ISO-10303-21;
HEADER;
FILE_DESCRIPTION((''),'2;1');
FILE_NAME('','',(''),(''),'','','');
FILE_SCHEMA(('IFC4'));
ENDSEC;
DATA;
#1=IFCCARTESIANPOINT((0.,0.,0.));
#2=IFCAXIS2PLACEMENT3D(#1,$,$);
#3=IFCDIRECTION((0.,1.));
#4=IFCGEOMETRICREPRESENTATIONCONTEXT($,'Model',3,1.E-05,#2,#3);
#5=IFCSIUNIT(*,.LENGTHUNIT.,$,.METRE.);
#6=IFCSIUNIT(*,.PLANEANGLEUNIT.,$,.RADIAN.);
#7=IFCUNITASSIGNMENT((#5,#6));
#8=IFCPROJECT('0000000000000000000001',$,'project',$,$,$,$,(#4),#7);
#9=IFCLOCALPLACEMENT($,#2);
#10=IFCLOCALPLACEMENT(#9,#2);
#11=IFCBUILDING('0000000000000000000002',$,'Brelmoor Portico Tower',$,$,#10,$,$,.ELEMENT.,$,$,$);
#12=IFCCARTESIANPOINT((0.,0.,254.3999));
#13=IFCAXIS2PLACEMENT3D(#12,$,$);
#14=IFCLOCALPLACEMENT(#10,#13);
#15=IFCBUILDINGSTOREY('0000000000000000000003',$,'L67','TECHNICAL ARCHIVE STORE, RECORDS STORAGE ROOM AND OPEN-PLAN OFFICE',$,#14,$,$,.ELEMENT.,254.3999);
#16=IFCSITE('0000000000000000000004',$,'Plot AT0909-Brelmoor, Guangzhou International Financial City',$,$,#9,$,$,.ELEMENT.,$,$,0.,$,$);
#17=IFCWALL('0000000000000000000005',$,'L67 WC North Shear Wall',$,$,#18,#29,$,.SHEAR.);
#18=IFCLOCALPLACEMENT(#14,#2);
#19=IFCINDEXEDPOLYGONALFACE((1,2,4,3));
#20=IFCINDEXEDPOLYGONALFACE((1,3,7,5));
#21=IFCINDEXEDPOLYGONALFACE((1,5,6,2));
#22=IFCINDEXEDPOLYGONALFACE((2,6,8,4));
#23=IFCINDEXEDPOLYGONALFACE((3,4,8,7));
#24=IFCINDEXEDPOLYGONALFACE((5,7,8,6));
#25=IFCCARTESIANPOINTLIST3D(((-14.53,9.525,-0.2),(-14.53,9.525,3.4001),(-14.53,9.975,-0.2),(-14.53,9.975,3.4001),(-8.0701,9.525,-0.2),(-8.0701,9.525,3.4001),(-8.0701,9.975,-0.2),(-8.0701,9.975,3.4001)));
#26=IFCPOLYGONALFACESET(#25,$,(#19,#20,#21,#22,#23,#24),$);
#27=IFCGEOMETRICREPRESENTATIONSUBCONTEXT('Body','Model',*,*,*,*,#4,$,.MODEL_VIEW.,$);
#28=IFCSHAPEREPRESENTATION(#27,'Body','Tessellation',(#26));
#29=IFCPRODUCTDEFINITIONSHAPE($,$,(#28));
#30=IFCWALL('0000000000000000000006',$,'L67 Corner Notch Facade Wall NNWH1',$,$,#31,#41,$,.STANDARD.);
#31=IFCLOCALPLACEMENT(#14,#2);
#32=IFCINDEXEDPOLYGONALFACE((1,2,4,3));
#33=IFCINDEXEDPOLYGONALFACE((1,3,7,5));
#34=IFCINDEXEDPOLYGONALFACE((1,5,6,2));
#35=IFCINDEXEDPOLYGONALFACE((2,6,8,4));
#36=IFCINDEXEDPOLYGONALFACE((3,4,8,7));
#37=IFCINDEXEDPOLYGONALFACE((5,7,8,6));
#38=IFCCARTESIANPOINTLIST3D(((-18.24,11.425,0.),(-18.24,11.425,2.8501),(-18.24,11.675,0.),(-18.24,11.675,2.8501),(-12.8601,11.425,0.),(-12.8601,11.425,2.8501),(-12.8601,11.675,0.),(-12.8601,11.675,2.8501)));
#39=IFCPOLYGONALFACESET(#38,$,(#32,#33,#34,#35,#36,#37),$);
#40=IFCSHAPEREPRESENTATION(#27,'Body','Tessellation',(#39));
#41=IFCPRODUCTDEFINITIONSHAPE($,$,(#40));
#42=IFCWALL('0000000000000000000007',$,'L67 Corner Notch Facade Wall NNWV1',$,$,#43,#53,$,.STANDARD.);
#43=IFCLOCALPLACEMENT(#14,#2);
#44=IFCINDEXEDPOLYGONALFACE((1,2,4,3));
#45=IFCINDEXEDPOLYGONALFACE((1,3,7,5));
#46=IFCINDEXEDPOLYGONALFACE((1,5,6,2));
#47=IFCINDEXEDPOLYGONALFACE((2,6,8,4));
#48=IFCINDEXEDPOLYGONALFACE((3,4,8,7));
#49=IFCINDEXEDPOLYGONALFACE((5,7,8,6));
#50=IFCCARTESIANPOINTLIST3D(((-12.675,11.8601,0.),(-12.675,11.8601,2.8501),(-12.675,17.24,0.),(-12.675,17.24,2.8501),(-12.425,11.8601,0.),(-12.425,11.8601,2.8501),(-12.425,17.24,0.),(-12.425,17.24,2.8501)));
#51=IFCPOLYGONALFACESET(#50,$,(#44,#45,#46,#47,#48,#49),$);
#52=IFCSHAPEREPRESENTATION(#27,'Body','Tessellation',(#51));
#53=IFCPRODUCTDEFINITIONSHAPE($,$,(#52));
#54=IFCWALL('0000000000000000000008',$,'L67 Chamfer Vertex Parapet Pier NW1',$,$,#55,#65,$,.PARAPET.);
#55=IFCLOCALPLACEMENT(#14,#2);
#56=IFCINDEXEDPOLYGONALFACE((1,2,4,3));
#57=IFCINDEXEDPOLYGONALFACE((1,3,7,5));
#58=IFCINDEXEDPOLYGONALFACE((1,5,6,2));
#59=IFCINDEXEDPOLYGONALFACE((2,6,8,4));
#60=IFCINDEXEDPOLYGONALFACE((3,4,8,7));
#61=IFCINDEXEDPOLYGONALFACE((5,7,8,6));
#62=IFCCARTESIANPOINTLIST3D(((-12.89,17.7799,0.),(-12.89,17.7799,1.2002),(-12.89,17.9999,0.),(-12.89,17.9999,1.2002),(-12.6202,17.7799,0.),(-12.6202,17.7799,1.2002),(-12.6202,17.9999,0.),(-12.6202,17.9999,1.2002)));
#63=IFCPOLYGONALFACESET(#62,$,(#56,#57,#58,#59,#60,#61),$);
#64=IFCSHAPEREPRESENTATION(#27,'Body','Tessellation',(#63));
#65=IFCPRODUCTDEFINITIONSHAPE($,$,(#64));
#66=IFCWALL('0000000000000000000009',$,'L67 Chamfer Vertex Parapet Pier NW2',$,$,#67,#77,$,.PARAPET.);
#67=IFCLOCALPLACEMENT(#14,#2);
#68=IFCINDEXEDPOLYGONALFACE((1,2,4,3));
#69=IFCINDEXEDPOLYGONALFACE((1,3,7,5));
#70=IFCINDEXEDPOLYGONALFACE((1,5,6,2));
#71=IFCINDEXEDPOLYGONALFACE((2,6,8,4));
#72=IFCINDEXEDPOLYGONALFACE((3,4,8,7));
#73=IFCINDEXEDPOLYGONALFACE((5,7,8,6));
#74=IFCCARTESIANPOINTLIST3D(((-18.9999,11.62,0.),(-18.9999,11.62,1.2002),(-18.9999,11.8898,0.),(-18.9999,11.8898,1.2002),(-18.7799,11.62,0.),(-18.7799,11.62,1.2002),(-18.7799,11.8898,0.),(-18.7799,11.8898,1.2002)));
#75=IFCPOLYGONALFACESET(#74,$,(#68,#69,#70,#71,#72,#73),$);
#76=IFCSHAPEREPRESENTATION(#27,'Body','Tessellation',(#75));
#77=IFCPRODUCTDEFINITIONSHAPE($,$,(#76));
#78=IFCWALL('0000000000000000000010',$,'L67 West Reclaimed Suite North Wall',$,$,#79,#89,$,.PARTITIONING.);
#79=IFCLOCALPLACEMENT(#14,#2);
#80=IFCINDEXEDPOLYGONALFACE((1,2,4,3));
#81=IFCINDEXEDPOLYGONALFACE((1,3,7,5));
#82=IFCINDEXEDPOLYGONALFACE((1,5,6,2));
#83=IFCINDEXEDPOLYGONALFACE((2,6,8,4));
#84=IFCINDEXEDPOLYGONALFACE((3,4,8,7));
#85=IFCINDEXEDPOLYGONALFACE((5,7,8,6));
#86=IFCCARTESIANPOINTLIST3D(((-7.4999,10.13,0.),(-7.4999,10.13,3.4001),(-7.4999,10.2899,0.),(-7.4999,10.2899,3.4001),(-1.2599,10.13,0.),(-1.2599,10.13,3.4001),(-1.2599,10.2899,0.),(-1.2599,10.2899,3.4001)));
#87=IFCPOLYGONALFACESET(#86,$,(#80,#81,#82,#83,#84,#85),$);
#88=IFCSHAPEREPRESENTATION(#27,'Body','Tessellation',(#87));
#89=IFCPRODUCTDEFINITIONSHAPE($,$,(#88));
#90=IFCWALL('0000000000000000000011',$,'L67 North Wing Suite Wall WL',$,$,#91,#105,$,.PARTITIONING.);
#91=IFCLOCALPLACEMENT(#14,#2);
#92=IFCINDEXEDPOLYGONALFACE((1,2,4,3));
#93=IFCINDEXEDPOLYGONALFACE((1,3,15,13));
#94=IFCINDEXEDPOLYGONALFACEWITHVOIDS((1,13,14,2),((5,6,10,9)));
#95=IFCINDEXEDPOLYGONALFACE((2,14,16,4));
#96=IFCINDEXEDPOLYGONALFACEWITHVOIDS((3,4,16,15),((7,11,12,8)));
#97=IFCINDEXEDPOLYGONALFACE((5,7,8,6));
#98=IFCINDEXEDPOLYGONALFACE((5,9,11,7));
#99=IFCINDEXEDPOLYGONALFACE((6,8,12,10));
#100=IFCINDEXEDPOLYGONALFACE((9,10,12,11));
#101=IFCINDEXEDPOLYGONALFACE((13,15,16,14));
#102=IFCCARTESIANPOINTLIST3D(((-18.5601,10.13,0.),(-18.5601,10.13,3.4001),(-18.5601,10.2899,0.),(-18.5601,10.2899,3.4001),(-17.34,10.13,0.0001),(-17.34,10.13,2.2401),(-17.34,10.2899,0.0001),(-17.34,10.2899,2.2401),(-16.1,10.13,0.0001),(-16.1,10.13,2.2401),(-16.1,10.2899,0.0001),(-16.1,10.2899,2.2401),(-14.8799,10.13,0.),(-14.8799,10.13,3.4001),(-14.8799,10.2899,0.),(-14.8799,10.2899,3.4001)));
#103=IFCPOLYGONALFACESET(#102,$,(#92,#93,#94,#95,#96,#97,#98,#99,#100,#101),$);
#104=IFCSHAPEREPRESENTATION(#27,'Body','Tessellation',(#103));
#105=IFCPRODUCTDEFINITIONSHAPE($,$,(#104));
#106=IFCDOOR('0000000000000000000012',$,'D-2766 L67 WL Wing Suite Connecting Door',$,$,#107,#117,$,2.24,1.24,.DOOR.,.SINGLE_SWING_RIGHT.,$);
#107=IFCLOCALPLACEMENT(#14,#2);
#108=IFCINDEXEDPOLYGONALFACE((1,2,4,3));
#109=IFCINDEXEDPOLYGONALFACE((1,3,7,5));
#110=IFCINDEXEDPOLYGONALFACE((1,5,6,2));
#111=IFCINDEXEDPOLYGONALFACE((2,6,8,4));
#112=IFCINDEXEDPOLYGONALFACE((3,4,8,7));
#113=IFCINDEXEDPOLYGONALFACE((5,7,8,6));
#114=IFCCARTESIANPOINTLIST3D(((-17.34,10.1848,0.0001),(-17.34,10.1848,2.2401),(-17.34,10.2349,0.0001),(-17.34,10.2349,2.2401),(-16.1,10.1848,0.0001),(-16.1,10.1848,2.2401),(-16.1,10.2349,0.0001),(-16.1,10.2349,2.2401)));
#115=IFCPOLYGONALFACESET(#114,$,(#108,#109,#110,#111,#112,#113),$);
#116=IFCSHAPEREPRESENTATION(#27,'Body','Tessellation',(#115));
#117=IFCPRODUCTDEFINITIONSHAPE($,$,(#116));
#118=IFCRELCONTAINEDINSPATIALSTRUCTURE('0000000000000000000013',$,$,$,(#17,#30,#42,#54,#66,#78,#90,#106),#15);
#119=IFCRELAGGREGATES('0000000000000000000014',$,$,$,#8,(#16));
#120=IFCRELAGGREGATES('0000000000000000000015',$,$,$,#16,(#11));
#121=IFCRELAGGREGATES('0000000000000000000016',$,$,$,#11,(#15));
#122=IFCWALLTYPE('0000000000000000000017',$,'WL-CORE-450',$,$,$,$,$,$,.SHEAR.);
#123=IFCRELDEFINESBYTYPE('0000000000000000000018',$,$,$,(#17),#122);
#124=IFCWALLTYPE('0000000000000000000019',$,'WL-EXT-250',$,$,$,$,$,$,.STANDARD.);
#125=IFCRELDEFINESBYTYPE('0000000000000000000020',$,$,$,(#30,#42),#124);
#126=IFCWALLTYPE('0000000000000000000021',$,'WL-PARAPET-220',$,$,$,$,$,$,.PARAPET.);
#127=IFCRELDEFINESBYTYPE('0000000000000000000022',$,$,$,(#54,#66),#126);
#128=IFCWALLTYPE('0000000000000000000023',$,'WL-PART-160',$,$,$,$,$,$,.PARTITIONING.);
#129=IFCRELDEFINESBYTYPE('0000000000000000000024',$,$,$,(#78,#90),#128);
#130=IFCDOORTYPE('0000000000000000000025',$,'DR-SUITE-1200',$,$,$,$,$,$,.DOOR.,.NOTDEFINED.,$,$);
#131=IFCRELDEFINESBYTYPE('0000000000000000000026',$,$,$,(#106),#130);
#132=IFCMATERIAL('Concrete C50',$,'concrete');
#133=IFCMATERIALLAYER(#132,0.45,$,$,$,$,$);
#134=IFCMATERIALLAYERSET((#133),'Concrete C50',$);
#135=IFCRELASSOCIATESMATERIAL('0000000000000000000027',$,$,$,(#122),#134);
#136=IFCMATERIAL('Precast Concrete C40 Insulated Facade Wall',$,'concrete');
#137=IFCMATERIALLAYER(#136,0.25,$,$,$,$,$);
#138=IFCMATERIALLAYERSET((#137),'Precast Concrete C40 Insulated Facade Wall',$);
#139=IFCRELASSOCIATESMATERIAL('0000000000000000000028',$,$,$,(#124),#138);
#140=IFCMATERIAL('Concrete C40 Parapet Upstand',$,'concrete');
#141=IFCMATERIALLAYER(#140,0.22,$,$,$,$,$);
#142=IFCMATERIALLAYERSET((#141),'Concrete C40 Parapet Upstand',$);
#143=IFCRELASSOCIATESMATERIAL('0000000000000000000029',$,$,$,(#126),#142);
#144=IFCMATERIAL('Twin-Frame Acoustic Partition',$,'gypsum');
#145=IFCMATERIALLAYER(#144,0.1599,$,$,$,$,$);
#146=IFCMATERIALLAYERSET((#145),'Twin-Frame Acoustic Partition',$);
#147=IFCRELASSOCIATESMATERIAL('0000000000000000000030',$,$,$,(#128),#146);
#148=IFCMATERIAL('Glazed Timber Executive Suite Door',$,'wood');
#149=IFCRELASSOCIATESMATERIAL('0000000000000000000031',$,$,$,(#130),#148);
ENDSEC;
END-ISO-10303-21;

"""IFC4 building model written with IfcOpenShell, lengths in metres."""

from ifc_helpers import new_model, si_unit, direction, frame, frame_2d, origin, place, context, subcontext, project, spatial, rectangle, extrude, material, layer, layer_set, type_object, element, fill, save


model = new_model("IFC4")

# Units and contexts
model_context = context("Model", 3, precision=1e-05, world=origin(), true_north=direction((0.0, 1.0)))
body_context = subcontext(model_context, "Body", "Model", "MODEL_VIEW")
ifc_project = project(units=[si_unit("LENGTHUNIT", "METRE"), si_unit("PLANEANGLEUNIT", "RADIAN")], contexts=[model_context])

# Site, building, storey
site_placement = place(None, origin())
site = spatial("IfcSite", under=ifc_project, at=site_placement, Name="Plot AT0909-Brelmoor, Guangzhou International Financial City", CompositionType="ELEMENT", RefElevation=0.0)
building_placement = place(site_placement, origin())
building = spatial("IfcBuilding", under=site, at=building_placement, Name="Brelmoor Portico Tower", CompositionType="ELEMENT")
storey_placement = place(building_placement, frame((0.0, 0.0, 254.3999)))
storey = spatial("IfcBuildingStorey", under=building, at=storey_placement, Name="L67", Description="TECHNICAL ARCHIVE STORE, RECORDS STORAGE ROOM AND OPEN-PLAN OFFICE", CompositionType="ELEMENT", Elevation=254.3999)

# Walls
ifc_material_1 = material(Name="Concrete C50", Category="concrete")
ifc_layer_1 = layer(ifc_material_1, 0.45)
ifc_layer_set_1 = layer_set([ifc_layer_1], Name="Concrete C50")
wall_type_1 = type_object("IfcWallType", Name="WL-CORE-450", PredefinedType="SHEAR", material=ifc_layer_set_1)
wall_1_placement = place(storey_placement, frame((-14.53, 9.75, -0.2), z_axis=(0.0, 0.0, 1.0), x_axis=(1.0, 0.0, 0.0)))
element("IfcWall", 1, at=wall_1_placement, inside=storey, type_object=wall_type_1, Name="L67 WC North Shear Wall", PredefinedType="SHEAR", context=body_context, shape_type="SweptSolid", body=[
    extrude(rectangle(XDim=6.46, YDim=0.45, at=frame_2d((3.23, 0.0))), origin(), (0.0, 0.0, 1.0), 3.6001),
])
ifc_material_2 = material(Name="Precast Concrete C40 Insulated Facade Wall", Category="concrete")
ifc_layer_2 = layer(ifc_material_2, 0.25)
ifc_layer_set_2 = layer_set([ifc_layer_2], Name="Precast Concrete C40 Insulated Facade Wall")
wall_type_2 = type_object("IfcWallType", Name="WL-EXT-250", PredefinedType="STANDARD", material=ifc_layer_set_2)
for number, where, z_axis, x_axis, name in (
    (2, (-18.24, 11.55, 0.0), (0.0, 0.0, 1.0), (1.0, 0.0, 0.0), "L67 Corner Notch Facade Wall NNWH1"),
    (3, (-12.55, 11.8601, 0.0), (0.0, 0.0, 1.0), (0.0, 1.0, 0.0), "L67 Corner Notch Facade Wall NNWV1"),
):
    element("IfcWall", number, at=place(storey_placement, frame(where, z_axis=z_axis, x_axis=x_axis)), inside=storey, type_object=wall_type_2, Name=name, PredefinedType="STANDARD", context=body_context, shape_type="SweptSolid", body=[
        extrude(rectangle(XDim=5.3799, YDim=0.25, at=frame_2d((2.6899, 0.0))), origin(), (0.0, 0.0, 1.0), 2.8501),
    ])
ifc_material_3 = material(Name="Concrete C40 Parapet Upstand", Category="concrete")
ifc_layer_3 = layer(ifc_material_3, 0.22)
ifc_layer_set_3 = layer_set([ifc_layer_3], Name="Concrete C40 Parapet Upstand")
wall_type_3 = type_object("IfcWallType", Name="WL-PARAPET-220", PredefinedType="PARAPET", material=ifc_layer_set_3)
for number, where, z_axis, x_axis, name in (
    (4, (-12.8899, 17.8899, 0.0), (0.0, 0.0, 1.0), (1.0, 0.0, 0.0), "L67 Chamfer Vertex Parapet Pier NW1"),
    (5, (-18.8899, 11.6201, 0.0), (0.0, 0.0, 1.0), (0.0, 1.0, 0.0), "L67 Chamfer Vertex Parapet Pier NW2"),
):
    element("IfcWall", number, at=place(storey_placement, frame(where, z_axis=z_axis, x_axis=x_axis)), inside=storey, type_object=wall_type_3, Name=name, PredefinedType="PARAPET", context=body_context, shape_type="SweptSolid", body=[
        extrude(rectangle(XDim=0.2698, YDim=0.22, at=frame_2d((0.1348, 0.0))), origin(), (0.0, 0.0, 1.0), 1.2002),
    ])
ifc_material_4 = material(Name="Twin-Frame Acoustic Partition", Category="gypsum")
ifc_layer_4 = layer(ifc_material_4, 0.1599)
ifc_layer_set_4 = layer_set([ifc_layer_4], Name="Twin-Frame Acoustic Partition")
wall_type_4 = type_object("IfcWallType", Name="WL-PART-160", PredefinedType="PARTITIONING", material=ifc_layer_set_4)
wall_2_placement = place(storey_placement, frame((-7.5, 10.21, 0.0), z_axis=(0.0, 0.0, 1.0), x_axis=(1.0, 0.0, 0.0)))
element("IfcWall", 6, at=wall_2_placement, inside=storey, type_object=wall_type_4, Name="L67 West Reclaimed Suite North Wall", PredefinedType="PARTITIONING", context=body_context, shape_type="SweptSolid", body=[
    extrude(rectangle(XDim=6.24, YDim=0.1599, at=frame_2d((3.1201, 0.0))), origin(), (0.0, 0.0, 1.0), 3.4001),
])

# Wall, opening, door
wall_3_placement = place(storey_placement, frame((-18.5601, 10.21, 0.0), z_axis=(0.0, 0.0, 1.0), x_axis=(1.0, 0.0, 0.0)))
wall_3 = element("IfcWall", 7, at=wall_3_placement, inside=storey, type_object=wall_type_4, Name="L67 North Wing Suite Wall WL", PredefinedType="PARTITIONING", context=body_context, shape_type="SweptSolid", body=[
    extrude(rectangle(XDim=3.6802, YDim=0.1599, at=frame_2d((1.8401, 0.0))), origin(), (0.0, 0.0, 1.0), 3.4001),
])
opening_placement = place(wall_3_placement, frame((1.22, 0.0, 0.0)))
opening = element("IfcOpeningElement", 8, at=opening_placement, cuts=wall_3, PredefinedType="OPENING", context=body_context, shape_type="SweptSolid", body=[
    extrude(rectangle(XDim=1.24, YDim=2.24, at=frame_2d((0.6201, 1.1201))), frame((0.0, 0.0898, 0.0), z_axis=(0.0, -1.0, 0.0), x_axis=(1.0, 0.0, 0.0)), (0.0, 0.0, 1.0), 0.1799),
])
ifc_material_5 = material(Name="Glazed Timber Executive Suite Door", Category="wood")
door_type = type_object("IfcDoorType", Name="DR-SUITE-1200", OperationType="NOTDEFINED", PredefinedType="DOOR", material=ifc_material_5)
door_placement = place(opening_placement, origin())
door = element("IfcDoor", 9, at=door_placement, inside=storey, type_object=door_type, Name="D-2766 L67 WL Wing Suite Connecting Door", OperationType="SINGLE_SWING_RIGHT", OverallHeight=2.24, OverallWidth=1.24, PredefinedType="DOOR", context=body_context, shape_type="SweptSolid", body=[
    extrude(rectangle(XDim=1.24, YDim=2.24, at=frame_2d((0.6201, 1.1201))), frame((0.0, 0.0249, 0.0), z_axis=(0.0, -1.0, 0.0), x_axis=(1.0, 0.0, 0.0)), (0.0, 0.0, 1.0), 0.05),
])
fill(opening, door)

save(model, "model.ifc")
